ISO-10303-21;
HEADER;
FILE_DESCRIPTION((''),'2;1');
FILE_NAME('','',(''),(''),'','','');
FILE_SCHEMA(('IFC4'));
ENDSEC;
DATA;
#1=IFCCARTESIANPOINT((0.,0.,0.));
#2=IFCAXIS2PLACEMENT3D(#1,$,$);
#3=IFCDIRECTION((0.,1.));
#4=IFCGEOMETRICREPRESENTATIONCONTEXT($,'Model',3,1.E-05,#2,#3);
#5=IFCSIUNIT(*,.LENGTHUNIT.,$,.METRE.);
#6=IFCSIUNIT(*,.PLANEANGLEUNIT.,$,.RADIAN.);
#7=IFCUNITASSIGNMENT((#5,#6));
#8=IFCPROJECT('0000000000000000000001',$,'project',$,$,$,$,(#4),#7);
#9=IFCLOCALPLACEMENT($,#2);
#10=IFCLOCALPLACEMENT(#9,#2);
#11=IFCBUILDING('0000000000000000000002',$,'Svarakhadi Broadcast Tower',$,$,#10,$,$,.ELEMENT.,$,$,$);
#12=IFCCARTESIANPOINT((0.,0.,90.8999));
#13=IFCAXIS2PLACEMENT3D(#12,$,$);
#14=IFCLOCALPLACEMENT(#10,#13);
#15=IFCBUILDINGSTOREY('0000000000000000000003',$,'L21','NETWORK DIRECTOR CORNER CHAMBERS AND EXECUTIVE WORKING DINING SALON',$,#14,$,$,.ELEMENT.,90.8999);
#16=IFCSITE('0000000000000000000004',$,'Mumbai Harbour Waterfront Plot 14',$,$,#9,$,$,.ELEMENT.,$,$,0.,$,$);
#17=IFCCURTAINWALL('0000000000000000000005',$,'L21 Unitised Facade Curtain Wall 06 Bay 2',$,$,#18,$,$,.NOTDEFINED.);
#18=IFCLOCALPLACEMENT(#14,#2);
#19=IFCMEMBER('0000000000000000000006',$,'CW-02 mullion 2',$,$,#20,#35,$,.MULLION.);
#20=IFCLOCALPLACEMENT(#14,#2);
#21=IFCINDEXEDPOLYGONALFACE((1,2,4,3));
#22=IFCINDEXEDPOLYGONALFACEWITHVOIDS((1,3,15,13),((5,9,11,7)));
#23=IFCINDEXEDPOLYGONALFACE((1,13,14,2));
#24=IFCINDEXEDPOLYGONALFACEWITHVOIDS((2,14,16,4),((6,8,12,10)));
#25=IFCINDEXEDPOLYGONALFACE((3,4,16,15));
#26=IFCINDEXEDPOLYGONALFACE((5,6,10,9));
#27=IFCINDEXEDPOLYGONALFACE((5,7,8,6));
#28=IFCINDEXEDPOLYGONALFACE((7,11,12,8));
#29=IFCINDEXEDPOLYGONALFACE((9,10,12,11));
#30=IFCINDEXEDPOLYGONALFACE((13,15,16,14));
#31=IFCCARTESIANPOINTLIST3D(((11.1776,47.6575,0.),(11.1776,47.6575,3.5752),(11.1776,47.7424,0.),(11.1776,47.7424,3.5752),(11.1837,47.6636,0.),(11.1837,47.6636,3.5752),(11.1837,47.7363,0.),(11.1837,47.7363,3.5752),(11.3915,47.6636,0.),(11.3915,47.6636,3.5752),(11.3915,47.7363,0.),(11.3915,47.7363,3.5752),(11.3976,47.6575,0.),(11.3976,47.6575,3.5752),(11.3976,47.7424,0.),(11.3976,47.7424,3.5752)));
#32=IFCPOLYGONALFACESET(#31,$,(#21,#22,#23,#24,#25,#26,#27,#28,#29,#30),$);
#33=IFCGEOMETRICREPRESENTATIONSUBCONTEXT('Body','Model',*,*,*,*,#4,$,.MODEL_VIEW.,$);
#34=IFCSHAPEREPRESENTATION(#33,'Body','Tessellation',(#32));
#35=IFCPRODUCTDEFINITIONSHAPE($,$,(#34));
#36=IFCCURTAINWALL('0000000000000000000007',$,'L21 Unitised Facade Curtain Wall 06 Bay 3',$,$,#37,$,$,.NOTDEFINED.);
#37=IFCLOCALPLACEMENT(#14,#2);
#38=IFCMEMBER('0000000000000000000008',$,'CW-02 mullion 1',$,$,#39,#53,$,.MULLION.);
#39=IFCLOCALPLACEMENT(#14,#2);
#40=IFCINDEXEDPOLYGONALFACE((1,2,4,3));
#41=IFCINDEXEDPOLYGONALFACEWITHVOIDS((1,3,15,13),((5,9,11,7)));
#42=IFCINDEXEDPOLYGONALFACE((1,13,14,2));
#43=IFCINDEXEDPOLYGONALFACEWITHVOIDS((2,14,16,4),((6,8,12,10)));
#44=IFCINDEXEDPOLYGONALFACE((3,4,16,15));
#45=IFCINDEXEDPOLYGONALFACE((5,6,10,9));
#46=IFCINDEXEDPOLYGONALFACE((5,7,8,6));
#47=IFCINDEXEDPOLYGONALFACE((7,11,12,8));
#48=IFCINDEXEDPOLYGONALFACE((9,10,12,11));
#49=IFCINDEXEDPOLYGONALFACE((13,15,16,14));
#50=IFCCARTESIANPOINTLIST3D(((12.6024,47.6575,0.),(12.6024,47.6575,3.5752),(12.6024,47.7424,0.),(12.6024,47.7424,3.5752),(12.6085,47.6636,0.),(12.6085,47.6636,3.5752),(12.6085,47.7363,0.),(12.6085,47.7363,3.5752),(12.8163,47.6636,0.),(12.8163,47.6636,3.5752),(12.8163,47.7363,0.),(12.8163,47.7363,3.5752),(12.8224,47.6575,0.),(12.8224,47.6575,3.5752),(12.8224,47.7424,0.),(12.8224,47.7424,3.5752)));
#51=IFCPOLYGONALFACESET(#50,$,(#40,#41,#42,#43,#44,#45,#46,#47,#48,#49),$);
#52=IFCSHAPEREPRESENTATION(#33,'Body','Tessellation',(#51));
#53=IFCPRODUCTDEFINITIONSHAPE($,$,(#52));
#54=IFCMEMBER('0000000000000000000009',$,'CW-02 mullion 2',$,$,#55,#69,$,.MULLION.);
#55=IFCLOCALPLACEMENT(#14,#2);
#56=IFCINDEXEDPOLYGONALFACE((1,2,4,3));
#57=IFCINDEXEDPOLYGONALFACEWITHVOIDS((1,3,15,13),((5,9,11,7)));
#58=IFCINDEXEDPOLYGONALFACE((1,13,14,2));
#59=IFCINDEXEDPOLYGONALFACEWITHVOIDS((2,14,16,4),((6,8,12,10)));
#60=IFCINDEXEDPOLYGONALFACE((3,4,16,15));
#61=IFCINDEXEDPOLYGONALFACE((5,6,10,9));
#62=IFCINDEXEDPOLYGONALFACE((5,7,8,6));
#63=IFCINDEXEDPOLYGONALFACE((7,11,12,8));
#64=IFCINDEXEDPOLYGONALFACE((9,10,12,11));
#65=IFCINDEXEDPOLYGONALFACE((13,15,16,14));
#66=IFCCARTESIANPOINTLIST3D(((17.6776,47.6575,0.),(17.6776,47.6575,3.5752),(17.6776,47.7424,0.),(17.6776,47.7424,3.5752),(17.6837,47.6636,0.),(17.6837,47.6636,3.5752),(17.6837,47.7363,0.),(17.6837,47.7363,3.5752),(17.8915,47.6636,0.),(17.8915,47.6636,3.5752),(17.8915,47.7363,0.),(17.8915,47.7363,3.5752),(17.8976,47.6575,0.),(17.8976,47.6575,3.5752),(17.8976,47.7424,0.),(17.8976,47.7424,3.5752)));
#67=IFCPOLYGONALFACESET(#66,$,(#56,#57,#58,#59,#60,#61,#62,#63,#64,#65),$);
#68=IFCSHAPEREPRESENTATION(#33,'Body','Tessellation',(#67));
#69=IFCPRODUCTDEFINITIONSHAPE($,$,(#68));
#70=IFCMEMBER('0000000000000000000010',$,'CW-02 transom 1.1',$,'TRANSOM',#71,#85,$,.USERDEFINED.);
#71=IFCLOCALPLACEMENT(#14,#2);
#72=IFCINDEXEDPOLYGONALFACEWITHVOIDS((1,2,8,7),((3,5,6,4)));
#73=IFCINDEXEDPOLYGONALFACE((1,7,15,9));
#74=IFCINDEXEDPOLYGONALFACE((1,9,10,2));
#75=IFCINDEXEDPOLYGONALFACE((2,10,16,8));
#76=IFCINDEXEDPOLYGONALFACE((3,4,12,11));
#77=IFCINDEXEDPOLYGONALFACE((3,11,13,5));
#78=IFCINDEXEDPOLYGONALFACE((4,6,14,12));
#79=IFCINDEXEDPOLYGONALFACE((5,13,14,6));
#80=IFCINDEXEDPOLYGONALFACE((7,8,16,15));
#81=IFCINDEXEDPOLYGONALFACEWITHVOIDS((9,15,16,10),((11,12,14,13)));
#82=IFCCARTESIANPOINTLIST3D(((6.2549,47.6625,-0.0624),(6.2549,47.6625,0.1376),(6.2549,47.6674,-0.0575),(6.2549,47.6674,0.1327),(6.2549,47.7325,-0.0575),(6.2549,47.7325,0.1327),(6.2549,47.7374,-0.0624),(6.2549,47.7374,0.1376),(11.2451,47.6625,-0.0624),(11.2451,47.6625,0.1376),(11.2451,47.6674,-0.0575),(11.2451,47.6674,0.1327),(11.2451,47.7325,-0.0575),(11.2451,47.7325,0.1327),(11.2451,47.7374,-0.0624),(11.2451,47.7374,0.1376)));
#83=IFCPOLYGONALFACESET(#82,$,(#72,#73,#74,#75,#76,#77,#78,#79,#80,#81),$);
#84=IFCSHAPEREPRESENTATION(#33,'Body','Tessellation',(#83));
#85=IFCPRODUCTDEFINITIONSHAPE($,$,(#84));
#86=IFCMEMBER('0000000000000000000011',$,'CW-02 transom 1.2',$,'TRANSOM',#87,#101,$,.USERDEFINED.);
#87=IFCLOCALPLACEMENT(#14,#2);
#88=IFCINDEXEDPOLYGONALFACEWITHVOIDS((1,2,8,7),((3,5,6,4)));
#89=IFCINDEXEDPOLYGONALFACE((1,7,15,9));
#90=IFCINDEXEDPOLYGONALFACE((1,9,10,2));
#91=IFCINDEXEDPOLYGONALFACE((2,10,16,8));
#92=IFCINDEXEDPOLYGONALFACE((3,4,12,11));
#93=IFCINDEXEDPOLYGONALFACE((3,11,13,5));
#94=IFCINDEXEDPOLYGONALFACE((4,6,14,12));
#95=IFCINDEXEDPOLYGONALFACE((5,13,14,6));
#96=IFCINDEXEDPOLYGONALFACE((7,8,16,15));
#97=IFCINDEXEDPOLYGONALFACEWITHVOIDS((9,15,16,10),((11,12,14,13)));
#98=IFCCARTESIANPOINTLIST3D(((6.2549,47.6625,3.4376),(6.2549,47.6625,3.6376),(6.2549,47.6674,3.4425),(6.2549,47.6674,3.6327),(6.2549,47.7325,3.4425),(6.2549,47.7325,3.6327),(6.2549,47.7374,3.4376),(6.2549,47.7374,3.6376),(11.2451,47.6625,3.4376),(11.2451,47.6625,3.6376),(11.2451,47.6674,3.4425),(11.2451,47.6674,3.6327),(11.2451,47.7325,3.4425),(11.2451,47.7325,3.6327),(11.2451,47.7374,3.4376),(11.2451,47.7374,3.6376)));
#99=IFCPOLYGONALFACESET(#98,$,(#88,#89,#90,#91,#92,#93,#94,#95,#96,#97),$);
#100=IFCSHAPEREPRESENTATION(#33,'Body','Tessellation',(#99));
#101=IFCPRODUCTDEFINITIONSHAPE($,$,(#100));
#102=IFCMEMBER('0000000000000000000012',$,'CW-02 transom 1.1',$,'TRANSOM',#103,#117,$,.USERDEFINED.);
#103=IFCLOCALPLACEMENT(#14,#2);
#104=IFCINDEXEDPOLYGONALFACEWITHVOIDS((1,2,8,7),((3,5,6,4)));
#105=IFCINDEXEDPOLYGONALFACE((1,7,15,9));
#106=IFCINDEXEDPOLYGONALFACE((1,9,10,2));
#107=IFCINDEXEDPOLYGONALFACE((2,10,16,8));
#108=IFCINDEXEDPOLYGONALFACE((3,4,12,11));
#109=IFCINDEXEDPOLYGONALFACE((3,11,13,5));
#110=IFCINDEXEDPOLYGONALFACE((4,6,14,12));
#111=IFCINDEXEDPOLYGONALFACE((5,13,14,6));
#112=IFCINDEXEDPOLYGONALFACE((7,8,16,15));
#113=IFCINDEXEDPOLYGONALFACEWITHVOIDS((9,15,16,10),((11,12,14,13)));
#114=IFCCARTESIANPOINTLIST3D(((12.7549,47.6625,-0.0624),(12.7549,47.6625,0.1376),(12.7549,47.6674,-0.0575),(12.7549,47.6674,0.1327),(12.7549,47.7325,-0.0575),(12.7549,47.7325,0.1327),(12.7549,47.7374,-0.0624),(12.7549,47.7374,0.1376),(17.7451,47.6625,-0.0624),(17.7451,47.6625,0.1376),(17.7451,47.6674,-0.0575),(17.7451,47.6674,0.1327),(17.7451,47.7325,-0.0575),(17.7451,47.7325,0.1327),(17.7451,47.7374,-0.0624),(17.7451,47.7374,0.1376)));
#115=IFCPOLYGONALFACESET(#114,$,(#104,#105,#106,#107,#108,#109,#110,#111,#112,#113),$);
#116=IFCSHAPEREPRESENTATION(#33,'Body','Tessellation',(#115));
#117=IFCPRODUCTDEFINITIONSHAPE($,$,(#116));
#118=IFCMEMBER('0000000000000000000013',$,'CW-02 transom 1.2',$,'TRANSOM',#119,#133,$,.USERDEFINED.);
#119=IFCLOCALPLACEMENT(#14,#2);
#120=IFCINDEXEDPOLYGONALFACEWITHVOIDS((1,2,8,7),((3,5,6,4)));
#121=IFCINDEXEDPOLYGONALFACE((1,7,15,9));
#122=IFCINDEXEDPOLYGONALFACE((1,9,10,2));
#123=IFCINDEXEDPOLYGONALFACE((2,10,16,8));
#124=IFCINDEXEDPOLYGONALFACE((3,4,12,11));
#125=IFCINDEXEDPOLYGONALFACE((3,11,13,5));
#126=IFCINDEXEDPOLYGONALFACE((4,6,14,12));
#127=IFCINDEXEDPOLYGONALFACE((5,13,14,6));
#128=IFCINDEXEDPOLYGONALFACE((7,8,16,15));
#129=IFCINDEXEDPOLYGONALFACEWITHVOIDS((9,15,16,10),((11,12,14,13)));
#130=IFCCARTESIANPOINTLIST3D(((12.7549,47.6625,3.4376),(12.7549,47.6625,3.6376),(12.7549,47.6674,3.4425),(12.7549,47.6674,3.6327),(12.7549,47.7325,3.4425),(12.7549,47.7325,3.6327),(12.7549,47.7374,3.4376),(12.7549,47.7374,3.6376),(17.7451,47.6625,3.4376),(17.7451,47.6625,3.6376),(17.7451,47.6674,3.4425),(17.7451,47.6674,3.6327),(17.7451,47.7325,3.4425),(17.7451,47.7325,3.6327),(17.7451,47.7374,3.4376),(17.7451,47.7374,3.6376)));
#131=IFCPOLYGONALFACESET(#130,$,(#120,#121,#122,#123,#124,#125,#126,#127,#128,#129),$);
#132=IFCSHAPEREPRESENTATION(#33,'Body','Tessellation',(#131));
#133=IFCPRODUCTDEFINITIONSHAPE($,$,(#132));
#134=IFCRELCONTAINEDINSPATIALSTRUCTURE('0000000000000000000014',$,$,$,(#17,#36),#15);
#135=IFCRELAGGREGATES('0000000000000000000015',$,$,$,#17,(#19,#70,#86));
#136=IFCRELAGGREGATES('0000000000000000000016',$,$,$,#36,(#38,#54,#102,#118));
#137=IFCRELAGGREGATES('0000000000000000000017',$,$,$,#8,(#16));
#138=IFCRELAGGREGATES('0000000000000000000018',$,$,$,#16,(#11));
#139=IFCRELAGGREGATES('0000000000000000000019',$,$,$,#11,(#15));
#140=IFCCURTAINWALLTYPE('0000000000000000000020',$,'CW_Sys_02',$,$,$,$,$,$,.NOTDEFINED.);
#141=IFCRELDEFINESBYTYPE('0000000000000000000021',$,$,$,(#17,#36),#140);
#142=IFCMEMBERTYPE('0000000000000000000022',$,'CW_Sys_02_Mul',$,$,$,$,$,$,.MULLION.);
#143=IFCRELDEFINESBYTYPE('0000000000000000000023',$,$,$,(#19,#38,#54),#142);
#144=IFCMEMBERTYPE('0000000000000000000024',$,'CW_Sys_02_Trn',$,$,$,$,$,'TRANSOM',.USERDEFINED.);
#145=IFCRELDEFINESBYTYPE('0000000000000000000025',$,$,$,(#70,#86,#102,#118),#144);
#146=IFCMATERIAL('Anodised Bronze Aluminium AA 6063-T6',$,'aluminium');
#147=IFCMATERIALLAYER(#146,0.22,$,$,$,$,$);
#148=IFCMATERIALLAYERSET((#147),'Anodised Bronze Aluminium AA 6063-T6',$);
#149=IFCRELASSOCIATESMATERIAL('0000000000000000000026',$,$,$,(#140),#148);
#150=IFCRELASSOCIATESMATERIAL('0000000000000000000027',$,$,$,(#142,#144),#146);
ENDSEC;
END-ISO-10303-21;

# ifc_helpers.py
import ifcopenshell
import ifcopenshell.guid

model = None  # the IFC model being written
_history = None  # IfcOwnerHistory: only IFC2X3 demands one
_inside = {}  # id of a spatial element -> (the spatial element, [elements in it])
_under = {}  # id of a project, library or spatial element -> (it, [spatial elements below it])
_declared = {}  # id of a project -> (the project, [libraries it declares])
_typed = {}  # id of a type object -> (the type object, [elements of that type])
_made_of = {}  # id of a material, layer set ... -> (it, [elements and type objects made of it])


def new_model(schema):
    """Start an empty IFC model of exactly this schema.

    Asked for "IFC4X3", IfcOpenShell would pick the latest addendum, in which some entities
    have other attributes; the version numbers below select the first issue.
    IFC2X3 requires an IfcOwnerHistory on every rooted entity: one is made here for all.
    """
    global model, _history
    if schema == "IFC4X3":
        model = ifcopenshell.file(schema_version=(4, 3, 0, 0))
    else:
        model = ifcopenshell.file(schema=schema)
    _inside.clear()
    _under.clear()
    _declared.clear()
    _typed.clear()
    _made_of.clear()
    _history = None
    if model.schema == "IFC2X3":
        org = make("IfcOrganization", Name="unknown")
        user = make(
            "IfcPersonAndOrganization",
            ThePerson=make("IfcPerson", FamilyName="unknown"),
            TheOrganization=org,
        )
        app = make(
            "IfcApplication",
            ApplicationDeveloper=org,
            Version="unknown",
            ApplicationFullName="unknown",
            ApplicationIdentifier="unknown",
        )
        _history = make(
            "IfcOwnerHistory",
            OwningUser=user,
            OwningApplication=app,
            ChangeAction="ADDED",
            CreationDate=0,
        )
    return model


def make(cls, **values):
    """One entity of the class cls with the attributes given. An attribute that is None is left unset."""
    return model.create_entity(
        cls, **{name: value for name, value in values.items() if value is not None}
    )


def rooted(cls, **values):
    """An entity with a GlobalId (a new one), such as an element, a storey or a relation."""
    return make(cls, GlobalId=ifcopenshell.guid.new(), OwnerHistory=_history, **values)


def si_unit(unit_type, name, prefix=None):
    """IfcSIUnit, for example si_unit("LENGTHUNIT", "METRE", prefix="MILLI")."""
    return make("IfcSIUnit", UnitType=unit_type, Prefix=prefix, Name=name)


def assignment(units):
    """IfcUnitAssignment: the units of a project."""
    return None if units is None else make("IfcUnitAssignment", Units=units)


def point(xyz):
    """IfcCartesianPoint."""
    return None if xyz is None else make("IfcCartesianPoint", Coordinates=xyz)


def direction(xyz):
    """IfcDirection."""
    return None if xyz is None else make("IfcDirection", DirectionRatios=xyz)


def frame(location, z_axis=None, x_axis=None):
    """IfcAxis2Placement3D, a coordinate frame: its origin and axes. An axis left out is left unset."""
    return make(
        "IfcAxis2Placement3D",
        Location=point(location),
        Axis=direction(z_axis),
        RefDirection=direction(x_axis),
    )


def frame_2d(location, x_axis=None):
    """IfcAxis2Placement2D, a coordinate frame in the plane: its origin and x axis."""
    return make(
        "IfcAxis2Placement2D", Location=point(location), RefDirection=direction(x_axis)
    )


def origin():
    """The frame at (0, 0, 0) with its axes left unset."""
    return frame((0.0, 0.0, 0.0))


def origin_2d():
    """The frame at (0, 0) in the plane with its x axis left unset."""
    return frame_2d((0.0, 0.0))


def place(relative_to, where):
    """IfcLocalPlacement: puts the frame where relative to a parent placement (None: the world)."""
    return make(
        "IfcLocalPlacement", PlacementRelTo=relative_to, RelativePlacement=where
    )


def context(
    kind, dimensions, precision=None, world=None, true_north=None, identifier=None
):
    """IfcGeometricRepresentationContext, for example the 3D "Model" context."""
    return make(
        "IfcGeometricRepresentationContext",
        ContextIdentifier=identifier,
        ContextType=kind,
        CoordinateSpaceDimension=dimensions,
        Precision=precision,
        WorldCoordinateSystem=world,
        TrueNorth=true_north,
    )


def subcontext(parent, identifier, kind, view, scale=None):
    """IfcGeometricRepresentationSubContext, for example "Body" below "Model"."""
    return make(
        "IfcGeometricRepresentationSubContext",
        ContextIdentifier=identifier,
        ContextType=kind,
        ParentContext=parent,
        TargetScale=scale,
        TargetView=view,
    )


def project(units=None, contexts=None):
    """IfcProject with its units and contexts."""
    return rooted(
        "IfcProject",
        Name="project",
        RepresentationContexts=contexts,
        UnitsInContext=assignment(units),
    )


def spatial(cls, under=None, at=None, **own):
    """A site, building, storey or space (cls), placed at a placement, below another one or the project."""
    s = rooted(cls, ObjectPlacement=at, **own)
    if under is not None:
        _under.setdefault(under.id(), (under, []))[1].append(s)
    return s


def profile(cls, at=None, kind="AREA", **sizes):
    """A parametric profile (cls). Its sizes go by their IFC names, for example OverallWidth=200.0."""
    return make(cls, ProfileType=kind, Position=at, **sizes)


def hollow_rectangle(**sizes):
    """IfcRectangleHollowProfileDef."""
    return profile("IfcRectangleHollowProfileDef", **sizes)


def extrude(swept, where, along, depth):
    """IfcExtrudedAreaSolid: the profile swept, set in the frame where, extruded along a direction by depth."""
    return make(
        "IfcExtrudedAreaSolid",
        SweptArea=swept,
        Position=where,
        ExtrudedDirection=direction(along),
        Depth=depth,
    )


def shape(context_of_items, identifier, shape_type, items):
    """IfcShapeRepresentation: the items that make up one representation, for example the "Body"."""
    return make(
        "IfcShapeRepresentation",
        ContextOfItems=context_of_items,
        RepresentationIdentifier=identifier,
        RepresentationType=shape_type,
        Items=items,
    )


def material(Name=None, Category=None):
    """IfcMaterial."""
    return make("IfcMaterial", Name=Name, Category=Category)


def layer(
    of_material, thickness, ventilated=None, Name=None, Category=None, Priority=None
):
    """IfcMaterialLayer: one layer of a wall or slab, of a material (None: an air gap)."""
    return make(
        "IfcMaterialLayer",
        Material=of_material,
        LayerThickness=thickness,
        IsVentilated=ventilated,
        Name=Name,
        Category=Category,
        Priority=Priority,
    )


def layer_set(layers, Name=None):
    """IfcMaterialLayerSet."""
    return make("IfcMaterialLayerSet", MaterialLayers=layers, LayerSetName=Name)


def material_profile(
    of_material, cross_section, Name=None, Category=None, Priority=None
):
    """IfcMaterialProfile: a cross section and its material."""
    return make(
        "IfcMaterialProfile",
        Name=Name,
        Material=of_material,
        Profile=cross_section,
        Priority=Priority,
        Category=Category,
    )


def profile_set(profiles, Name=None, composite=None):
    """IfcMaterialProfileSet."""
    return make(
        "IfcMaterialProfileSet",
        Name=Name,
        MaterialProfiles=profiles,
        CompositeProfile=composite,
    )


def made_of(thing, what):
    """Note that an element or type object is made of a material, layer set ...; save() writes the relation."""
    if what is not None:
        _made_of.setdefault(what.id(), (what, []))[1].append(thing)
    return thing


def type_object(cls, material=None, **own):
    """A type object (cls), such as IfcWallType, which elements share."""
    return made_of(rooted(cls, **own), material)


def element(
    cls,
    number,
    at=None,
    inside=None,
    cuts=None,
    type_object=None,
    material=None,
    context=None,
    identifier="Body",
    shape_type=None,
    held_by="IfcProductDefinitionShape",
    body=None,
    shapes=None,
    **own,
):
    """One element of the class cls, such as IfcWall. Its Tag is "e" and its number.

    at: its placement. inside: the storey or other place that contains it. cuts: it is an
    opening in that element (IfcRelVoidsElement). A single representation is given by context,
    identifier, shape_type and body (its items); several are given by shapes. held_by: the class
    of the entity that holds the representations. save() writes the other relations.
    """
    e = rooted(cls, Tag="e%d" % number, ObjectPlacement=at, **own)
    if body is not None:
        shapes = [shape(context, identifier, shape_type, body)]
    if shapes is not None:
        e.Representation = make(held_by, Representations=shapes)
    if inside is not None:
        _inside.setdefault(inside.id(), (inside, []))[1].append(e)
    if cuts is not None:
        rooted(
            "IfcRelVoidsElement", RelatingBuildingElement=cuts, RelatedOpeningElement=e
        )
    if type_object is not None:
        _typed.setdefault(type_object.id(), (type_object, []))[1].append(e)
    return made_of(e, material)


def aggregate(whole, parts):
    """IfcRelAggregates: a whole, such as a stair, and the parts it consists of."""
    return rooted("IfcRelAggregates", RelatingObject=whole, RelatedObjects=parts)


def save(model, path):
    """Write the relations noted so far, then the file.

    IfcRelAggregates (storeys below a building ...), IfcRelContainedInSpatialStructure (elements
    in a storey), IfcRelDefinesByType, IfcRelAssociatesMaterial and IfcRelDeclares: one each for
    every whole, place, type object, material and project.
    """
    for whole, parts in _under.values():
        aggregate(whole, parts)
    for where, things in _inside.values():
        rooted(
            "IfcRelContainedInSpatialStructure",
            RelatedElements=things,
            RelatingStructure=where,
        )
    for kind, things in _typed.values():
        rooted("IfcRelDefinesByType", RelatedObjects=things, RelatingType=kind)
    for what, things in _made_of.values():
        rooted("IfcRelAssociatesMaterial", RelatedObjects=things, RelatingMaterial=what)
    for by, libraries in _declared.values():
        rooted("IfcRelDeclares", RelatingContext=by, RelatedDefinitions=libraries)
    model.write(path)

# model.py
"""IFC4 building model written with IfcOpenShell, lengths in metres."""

from ifc_helpers import new_model, si_unit, direction, frame, origin, origin_2d, place, context, subcontext, project, spatial, hollow_rectangle, extrude, material, layer, layer_set, material_profile, profile_set, type_object, element, aggregate, save


model = new_model("IFC4")

# Units and contexts
model_context = context("Model", 3, precision=1e-05, world=origin(), true_north=direction((0.0, 1.0)))
body_context = subcontext(model_context, "Body", "Model", "MODEL_VIEW")
ifc_project = project(units=[si_unit("LENGTHUNIT", "METRE"), si_unit("PLANEANGLEUNIT", "RADIAN")], contexts=[model_context])

# Site, building, storey
site_placement = place(None, origin())
site = spatial("IfcSite", under=ifc_project, at=site_placement, Name="Mumbai Harbour Waterfront Plot 14", CompositionType="ELEMENT", RefElevation=0.0)
building_placement = place(site_placement, origin())
building = spatial("IfcBuilding", under=site, at=building_placement, Name="Svarakhadi Broadcast Tower", CompositionType="ELEMENT")
storey_placement = place(building_placement, frame((0.0, 0.0, 90.8999)))
storey = spatial("IfcBuildingStorey", under=building, at=storey_placement, Name="L21", Description="NETWORK DIRECTOR CORNER CHAMBERS AND EXECUTIVE WORKING DINING SALON", CompositionType="ELEMENT", Elevation=90.8999)

# Curtain walls, members
ifc_material_1 = material(Name="Anodised Bronze Aluminium AA 6063-T6", Category="aluminium")
ifc_layer_1 = layer(ifc_material_1, 0.22)
ifc_layer_set_1 = layer_set([ifc_layer_1], Name="Anodised Bronze Aluminium AA 6063-T6")
curtain_wall_type = type_object("IfcCurtainWallType", Name="CW_Sys_02", PredefinedType="NOTDEFINED", material=ifc_layer_set_1)
curtain_wall_1_placement = place(storey_placement, origin())
curtain_wall_1 = element("IfcCurtainWall", 1, at=curtain_wall_1_placement, inside=storey, type_object=curtain_wall_type, Name="L21 Unitised Facade Curtain Wall 06 Bay 2", PredefinedType="NOTDEFINED")
ifc_material_profile_1 = material_profile(ifc_material_1, hollow_rectangle(XDim=0.085, YDim=0.22, WallThickness=0.0061, at=origin_2d()), Name="ALU MULLION 220x85x6")
ifc_profile_set_1 = profile_set([ifc_material_profile_1], Name="Anodised Bronze Aluminium AA 6063-T6")
member_type_1 = type_object("IfcMemberType", Name="CW_Sys_02_Mul", PredefinedType="MULLION", material=ifc_profile_set_1)
member_1_placement = place(storey_placement, frame((11.2876, 47.7, 0.0), z_axis=(0.0, 0.0, 1.0), x_axis=(0.0, 1.0, 0.0)))
member_1 = element("IfcMember", 2, at=member_1_placement, type_object=member_type_1, Name="CW-02 mullion 2", PredefinedType="MULLION", context=body_context, shape_type="SweptSolid", body=[
    extrude(hollow_rectangle(XDim=0.085, YDim=0.22, WallThickness=0.0061, at=origin_2d()), origin(), (0.0, 0.0, 1.0), 3.5752),
])
curtain_wall_2_placement = place(storey_placement, origin())
curtain_wall_2 = element("IfcCurtainWall", 3, at=curtain_wall_2_placement, inside=storey, type_object=curtain_wall_type, Name="L21 Unitised Facade Curtain Wall 06 Bay 3", PredefinedType="NOTDEFINED")
member_2_placement = place(storey_placement, frame((12.7124, 47.7, 0.0), z_axis=(0.0, 0.0, 1.0), x_axis=(0.0, 1.0, 0.0)))
member_2 = element("IfcMember", 4, at=member_2_placement, type_object=member_type_1, Name="CW-02 mullion 1", PredefinedType="MULLION", context=body_context, shape_type="SweptSolid", body=[
    extrude(hollow_rectangle(XDim=0.085, YDim=0.22, WallThickness=0.0061, at=origin_2d()), origin(), (0.0, 0.0, 1.0), 3.5752),
])
member_3_placement = place(storey_placement, frame((17.7876, 47.7, 0.0), z_axis=(0.0, 0.0, 1.0), x_axis=(0.0, 1.0, 0.0)))
member_3 = element("IfcMember", 5, at=member_3_placement, type_object=member_type_1, Name="CW-02 mullion 2", PredefinedType="MULLION", context=body_context, shape_type="SweptSolid", body=[
    extrude(hollow_rectangle(XDim=0.085, YDim=0.22, WallThickness=0.0061, at=origin_2d()), origin(), (0.0, 0.0, 1.0), 3.5752),
])

# Members
ifc_material_profile_2 = material_profile(ifc_material_1, hollow_rectangle(XDim=0.075, YDim=0.2, WallThickness=0.0049, at=origin_2d()), Name="ALU TRANSOM 200x75x5")
ifc_profile_set_2 = profile_set([ifc_material_profile_2], Name="Anodised Bronze Aluminium AA 6063-T6")
member_type_2 = type_object("IfcMemberType", Name="CW_Sys_02_Trn", ElementType="TRANSOM", PredefinedType="USERDEFINED", material=ifc_profile_set_2)
member_4_placement = place(storey_placement, frame((6.2549, 47.7, 0.0376), z_axis=(1.0, 0.0, 0.0), x_axis=(0.0, 1.0, 0.0)))
member_4 = element("IfcMember", 6, at=member_4_placement, type_object=member_type_2, Name="CW-02 transom 1.1", ObjectType="TRANSOM", PredefinedType="USERDEFINED", context=body_context, shape_type="SweptSolid", body=[
    extrude(hollow_rectangle(XDim=0.075, YDim=0.2, WallThickness=0.0049, at=origin_2d()), origin(), (0.0, 0.0, 1.0), 4.9902),
])
member_5_placement = place(storey_placement, frame((6.2549, 47.7, 3.5376), z_axis=(1.0, 0.0, 0.0), x_axis=(0.0, 1.0, 0.0)))
member_5 = element("IfcMember", 7, at=member_5_placement, type_object=member_type_2, Name="CW-02 transom 1.2", ObjectType="TRANSOM", PredefinedType="USERDEFINED", context=body_context, shape_type="SweptSolid", body=[
    extrude(hollow_rectangle(XDim=0.075, YDim=0.2, WallThickness=0.0049, at=origin_2d()), origin(), (0.0, 0.0, 1.0), 4.9902),
])
member_6_placement = place(storey_placement, frame((12.7549, 47.7, 0.0376), z_axis=(1.0, 0.0, 0.0), x_axis=(0.0, 1.0, 0.0)))
member_6 = element("IfcMember", 8, at=member_6_placement, type_object=member_type_2, Name="CW-02 transom 1.1", ObjectType="TRANSOM", PredefinedType="USERDEFINED", context=body_context, shape_type="SweptSolid", body=[
    extrude(hollow_rectangle(XDim=0.075, YDim=0.2, WallThickness=0.0049, at=origin_2d()), origin(), (0.0, 0.0, 1.0), 4.9902),
])
member_7_placement = place(storey_placement, frame((12.7549, 47.7, 3.5376), z_axis=(1.0, 0.0, 0.0), x_axis=(0.0, 1.0, 0.0)))
member_7 = element("IfcMember", 9, at=member_7_placement, type_object=member_type_2, Name="CW-02 transom 1.2", ObjectType="TRANSOM", PredefinedType="USERDEFINED", context=body_context, shape_type="SweptSolid", body=[
    extrude(hollow_rectangle(XDim=0.075, YDim=0.2, WallThickness=0.0049, at=origin_2d()), origin(), (0.0, 0.0, 1.0), 4.9902),
])

aggregate(curtain_wall_1, [member_1, member_4, member_5])
aggregate(curtain_wall_2, [member_2, member_3, member_6, member_7])

save(model, "model.ifc")
